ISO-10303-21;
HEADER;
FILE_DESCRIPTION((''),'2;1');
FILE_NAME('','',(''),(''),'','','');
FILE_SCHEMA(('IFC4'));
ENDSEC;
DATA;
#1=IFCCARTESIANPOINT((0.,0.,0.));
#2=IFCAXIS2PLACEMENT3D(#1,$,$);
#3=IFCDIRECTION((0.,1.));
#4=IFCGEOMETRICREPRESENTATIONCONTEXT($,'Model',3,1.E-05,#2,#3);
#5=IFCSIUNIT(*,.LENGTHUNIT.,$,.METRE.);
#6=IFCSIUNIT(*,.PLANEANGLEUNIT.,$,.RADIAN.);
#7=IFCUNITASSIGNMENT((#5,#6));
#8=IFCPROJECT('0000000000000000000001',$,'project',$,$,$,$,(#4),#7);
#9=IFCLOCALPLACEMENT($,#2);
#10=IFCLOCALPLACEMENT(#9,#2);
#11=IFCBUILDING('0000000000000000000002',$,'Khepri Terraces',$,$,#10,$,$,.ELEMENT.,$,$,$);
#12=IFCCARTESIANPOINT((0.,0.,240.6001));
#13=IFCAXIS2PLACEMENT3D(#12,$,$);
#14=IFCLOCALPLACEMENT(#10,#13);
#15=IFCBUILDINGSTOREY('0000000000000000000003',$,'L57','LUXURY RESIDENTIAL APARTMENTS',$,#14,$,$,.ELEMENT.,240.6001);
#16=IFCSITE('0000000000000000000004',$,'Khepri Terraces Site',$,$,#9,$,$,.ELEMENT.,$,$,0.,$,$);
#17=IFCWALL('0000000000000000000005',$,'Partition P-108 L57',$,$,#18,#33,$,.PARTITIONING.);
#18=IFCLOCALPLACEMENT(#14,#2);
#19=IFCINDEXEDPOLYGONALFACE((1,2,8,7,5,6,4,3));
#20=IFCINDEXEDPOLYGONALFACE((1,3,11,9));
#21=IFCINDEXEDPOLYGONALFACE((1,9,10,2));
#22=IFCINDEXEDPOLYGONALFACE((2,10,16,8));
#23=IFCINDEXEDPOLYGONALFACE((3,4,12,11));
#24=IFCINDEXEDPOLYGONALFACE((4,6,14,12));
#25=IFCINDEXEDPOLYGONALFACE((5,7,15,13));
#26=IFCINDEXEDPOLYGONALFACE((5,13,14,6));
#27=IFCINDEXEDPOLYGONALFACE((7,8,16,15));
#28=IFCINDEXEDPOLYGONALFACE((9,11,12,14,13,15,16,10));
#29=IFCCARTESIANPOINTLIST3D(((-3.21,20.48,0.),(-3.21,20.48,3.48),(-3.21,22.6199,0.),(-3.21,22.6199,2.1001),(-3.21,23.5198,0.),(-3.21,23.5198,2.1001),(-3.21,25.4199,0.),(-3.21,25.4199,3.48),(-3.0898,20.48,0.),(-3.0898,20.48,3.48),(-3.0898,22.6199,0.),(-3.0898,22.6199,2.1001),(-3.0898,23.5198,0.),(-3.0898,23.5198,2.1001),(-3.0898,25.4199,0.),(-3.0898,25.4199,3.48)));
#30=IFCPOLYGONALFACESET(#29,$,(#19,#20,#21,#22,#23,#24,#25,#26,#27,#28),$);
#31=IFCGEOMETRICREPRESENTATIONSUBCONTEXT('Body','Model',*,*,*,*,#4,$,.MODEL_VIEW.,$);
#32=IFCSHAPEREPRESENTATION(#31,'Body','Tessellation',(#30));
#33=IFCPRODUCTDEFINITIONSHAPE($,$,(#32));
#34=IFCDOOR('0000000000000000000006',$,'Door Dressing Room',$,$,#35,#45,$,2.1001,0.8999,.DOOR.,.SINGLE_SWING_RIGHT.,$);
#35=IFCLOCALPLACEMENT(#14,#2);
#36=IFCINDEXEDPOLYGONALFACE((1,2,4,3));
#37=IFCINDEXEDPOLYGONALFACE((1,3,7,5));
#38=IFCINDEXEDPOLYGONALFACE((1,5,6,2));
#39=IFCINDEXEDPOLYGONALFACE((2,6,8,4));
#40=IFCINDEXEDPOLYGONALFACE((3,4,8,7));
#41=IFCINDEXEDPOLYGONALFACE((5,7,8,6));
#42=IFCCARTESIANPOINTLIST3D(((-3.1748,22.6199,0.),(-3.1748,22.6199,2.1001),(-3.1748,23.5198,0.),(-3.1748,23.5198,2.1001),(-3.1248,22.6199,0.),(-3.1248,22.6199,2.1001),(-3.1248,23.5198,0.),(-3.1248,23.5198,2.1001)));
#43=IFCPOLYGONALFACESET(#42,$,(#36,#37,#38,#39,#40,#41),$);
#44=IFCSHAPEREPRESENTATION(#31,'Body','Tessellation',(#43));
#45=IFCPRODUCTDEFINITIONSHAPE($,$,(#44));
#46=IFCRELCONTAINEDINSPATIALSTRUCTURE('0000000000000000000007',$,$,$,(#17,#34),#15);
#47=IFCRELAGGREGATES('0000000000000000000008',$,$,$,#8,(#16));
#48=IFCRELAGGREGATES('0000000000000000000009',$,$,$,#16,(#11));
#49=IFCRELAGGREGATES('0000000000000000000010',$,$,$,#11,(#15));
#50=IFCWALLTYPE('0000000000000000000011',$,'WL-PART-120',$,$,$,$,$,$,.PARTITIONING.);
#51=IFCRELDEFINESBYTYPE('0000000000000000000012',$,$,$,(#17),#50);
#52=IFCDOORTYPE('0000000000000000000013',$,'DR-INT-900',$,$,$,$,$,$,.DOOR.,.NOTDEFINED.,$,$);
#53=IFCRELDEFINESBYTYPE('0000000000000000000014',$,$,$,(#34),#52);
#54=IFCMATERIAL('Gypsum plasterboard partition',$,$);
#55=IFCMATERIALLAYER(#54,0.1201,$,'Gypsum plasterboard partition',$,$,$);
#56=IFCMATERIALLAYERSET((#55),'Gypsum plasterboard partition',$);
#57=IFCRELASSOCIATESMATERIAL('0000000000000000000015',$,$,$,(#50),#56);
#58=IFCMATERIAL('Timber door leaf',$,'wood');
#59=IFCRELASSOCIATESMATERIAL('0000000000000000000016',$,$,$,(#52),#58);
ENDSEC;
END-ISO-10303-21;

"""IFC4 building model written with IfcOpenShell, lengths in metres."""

from ifc_helpers import new_model, si_unit, direction, frame, frame_2d, origin, place, context, subcontext, project, spatial, rectangle, extrude, material, layer, layer_set, type_object, element, fill, save


model = new_model("IFC4")

# Units and contexts
model_context = context("Model", 3, precision=1e-05, world=origin(), true_north=direction((0.0, 1.0)))
body_context = subcontext(model_context, "Body", "Model", "MODEL_VIEW")
ifc_project = project(units=[si_unit("LENGTHUNIT", "METRE"), si_unit("PLANEANGLEUNIT", "RADIAN")], contexts=[model_context])

# Site, building, storey
site_placement = place(None, origin())
site = spatial("IfcSite", under=ifc_project, at=site_placement, Name="Khepri Terraces Site", CompositionType="ELEMENT", RefElevation=0.0)
building_placement = place(site_placement, origin())
building = spatial("IfcBuilding", under=site, at=building_placement, Name="Khepri Terraces", CompositionType="ELEMENT")
storey_placement = place(building_placement, frame((0.0, 0.0, 240.6001)))
storey = spatial("IfcBuildingStorey", under=building, at=storey_placement, Name="L57", Description="LUXURY RESIDENTIAL APARTMENTS", CompositionType="ELEMENT", Elevation=240.6001)

# Shared definitions
ifc_material_1 = material(Name="Gypsum plasterboard partition")
ifc_layer_1 = layer(ifc_material_1, 0.1201, Name="Gypsum plasterboard partition")
ifc_layer_set_1 = layer_set([ifc_layer_1], Name="Gypsum plasterboard partition")
wall_type_1 = type_object("IfcWallType", Name="WL-PART-120", PredefinedType="PARTITIONING", material=ifc_layer_set_1)
ifc_material_2 = material(Name="Timber door leaf", Category="wood")
door_type_1 = type_object("IfcDoorType", Name="DR-INT-900", OperationType="NOTDEFINED", PredefinedType="DOOR", material=ifc_material_2)

# Wall, opening, door
wall_1_placement = place(storey_placement, frame((-3.1499, 20.48, 0.0), z_axis=(0.0, 0.0, 1.0), x_axis=(0.0, 1.0, 0.0)))
wall_1 = element("IfcWall", 1, at=wall_1_placement, inside=storey, type_object=wall_type_1, Name="Partition P-108 L57", PredefinedType="PARTITIONING", context=body_context, shape_type="SweptSolid", body=[
    extrude(rectangle(XDim=4.9399, YDim=0.1201, at=frame_2d((2.47, 0.0))), origin(), (0.0, 0.0, 1.0), 3.48),
])
opening_1_placement = place(wall_1_placement, frame((2.1399, 0.0, 0.0)))
opening_1 = element("IfcOpeningElement", 2, at=opening_1_placement, cuts=wall_1, PredefinedType="OPENING", context=body_context, shape_type="SweptSolid", body=[
    extrude(rectangle(XDim=0.8999, YDim=2.1001, at=frame_2d((0.45, 1.05))), frame((0.0, 0.0701, 0.0), z_axis=(0.0, -1.0, 0.0), x_axis=(1.0, 0.0, 0.0)), (0.0, 0.0, 1.0), 0.1401),
])
door_1_placement = place(opening_1_placement, origin())
door_1 = element("IfcDoor", 3, at=door_1_placement, inside=storey, type_object=door_type_1, Name="Door Dressing Room", OperationType="SINGLE_SWING_RIGHT", OverallHeight=2.1001, OverallWidth=0.8999, PredefinedType="DOOR", context=body_context, shape_type="SweptSolid", body=[
    extrude(rectangle(XDim=0.8999, YDim=2.1001, at=frame_2d((0.45, 1.05))), frame((0.0, 0.0249, 0.0), z_axis=(0.0, -1.0, 0.0), x_axis=(1.0, 0.0, 0.0)), (0.0, 0.0, 1.0), 0.05),
])
fill(opening_1, door_1)

save(model, "model.ifc")
